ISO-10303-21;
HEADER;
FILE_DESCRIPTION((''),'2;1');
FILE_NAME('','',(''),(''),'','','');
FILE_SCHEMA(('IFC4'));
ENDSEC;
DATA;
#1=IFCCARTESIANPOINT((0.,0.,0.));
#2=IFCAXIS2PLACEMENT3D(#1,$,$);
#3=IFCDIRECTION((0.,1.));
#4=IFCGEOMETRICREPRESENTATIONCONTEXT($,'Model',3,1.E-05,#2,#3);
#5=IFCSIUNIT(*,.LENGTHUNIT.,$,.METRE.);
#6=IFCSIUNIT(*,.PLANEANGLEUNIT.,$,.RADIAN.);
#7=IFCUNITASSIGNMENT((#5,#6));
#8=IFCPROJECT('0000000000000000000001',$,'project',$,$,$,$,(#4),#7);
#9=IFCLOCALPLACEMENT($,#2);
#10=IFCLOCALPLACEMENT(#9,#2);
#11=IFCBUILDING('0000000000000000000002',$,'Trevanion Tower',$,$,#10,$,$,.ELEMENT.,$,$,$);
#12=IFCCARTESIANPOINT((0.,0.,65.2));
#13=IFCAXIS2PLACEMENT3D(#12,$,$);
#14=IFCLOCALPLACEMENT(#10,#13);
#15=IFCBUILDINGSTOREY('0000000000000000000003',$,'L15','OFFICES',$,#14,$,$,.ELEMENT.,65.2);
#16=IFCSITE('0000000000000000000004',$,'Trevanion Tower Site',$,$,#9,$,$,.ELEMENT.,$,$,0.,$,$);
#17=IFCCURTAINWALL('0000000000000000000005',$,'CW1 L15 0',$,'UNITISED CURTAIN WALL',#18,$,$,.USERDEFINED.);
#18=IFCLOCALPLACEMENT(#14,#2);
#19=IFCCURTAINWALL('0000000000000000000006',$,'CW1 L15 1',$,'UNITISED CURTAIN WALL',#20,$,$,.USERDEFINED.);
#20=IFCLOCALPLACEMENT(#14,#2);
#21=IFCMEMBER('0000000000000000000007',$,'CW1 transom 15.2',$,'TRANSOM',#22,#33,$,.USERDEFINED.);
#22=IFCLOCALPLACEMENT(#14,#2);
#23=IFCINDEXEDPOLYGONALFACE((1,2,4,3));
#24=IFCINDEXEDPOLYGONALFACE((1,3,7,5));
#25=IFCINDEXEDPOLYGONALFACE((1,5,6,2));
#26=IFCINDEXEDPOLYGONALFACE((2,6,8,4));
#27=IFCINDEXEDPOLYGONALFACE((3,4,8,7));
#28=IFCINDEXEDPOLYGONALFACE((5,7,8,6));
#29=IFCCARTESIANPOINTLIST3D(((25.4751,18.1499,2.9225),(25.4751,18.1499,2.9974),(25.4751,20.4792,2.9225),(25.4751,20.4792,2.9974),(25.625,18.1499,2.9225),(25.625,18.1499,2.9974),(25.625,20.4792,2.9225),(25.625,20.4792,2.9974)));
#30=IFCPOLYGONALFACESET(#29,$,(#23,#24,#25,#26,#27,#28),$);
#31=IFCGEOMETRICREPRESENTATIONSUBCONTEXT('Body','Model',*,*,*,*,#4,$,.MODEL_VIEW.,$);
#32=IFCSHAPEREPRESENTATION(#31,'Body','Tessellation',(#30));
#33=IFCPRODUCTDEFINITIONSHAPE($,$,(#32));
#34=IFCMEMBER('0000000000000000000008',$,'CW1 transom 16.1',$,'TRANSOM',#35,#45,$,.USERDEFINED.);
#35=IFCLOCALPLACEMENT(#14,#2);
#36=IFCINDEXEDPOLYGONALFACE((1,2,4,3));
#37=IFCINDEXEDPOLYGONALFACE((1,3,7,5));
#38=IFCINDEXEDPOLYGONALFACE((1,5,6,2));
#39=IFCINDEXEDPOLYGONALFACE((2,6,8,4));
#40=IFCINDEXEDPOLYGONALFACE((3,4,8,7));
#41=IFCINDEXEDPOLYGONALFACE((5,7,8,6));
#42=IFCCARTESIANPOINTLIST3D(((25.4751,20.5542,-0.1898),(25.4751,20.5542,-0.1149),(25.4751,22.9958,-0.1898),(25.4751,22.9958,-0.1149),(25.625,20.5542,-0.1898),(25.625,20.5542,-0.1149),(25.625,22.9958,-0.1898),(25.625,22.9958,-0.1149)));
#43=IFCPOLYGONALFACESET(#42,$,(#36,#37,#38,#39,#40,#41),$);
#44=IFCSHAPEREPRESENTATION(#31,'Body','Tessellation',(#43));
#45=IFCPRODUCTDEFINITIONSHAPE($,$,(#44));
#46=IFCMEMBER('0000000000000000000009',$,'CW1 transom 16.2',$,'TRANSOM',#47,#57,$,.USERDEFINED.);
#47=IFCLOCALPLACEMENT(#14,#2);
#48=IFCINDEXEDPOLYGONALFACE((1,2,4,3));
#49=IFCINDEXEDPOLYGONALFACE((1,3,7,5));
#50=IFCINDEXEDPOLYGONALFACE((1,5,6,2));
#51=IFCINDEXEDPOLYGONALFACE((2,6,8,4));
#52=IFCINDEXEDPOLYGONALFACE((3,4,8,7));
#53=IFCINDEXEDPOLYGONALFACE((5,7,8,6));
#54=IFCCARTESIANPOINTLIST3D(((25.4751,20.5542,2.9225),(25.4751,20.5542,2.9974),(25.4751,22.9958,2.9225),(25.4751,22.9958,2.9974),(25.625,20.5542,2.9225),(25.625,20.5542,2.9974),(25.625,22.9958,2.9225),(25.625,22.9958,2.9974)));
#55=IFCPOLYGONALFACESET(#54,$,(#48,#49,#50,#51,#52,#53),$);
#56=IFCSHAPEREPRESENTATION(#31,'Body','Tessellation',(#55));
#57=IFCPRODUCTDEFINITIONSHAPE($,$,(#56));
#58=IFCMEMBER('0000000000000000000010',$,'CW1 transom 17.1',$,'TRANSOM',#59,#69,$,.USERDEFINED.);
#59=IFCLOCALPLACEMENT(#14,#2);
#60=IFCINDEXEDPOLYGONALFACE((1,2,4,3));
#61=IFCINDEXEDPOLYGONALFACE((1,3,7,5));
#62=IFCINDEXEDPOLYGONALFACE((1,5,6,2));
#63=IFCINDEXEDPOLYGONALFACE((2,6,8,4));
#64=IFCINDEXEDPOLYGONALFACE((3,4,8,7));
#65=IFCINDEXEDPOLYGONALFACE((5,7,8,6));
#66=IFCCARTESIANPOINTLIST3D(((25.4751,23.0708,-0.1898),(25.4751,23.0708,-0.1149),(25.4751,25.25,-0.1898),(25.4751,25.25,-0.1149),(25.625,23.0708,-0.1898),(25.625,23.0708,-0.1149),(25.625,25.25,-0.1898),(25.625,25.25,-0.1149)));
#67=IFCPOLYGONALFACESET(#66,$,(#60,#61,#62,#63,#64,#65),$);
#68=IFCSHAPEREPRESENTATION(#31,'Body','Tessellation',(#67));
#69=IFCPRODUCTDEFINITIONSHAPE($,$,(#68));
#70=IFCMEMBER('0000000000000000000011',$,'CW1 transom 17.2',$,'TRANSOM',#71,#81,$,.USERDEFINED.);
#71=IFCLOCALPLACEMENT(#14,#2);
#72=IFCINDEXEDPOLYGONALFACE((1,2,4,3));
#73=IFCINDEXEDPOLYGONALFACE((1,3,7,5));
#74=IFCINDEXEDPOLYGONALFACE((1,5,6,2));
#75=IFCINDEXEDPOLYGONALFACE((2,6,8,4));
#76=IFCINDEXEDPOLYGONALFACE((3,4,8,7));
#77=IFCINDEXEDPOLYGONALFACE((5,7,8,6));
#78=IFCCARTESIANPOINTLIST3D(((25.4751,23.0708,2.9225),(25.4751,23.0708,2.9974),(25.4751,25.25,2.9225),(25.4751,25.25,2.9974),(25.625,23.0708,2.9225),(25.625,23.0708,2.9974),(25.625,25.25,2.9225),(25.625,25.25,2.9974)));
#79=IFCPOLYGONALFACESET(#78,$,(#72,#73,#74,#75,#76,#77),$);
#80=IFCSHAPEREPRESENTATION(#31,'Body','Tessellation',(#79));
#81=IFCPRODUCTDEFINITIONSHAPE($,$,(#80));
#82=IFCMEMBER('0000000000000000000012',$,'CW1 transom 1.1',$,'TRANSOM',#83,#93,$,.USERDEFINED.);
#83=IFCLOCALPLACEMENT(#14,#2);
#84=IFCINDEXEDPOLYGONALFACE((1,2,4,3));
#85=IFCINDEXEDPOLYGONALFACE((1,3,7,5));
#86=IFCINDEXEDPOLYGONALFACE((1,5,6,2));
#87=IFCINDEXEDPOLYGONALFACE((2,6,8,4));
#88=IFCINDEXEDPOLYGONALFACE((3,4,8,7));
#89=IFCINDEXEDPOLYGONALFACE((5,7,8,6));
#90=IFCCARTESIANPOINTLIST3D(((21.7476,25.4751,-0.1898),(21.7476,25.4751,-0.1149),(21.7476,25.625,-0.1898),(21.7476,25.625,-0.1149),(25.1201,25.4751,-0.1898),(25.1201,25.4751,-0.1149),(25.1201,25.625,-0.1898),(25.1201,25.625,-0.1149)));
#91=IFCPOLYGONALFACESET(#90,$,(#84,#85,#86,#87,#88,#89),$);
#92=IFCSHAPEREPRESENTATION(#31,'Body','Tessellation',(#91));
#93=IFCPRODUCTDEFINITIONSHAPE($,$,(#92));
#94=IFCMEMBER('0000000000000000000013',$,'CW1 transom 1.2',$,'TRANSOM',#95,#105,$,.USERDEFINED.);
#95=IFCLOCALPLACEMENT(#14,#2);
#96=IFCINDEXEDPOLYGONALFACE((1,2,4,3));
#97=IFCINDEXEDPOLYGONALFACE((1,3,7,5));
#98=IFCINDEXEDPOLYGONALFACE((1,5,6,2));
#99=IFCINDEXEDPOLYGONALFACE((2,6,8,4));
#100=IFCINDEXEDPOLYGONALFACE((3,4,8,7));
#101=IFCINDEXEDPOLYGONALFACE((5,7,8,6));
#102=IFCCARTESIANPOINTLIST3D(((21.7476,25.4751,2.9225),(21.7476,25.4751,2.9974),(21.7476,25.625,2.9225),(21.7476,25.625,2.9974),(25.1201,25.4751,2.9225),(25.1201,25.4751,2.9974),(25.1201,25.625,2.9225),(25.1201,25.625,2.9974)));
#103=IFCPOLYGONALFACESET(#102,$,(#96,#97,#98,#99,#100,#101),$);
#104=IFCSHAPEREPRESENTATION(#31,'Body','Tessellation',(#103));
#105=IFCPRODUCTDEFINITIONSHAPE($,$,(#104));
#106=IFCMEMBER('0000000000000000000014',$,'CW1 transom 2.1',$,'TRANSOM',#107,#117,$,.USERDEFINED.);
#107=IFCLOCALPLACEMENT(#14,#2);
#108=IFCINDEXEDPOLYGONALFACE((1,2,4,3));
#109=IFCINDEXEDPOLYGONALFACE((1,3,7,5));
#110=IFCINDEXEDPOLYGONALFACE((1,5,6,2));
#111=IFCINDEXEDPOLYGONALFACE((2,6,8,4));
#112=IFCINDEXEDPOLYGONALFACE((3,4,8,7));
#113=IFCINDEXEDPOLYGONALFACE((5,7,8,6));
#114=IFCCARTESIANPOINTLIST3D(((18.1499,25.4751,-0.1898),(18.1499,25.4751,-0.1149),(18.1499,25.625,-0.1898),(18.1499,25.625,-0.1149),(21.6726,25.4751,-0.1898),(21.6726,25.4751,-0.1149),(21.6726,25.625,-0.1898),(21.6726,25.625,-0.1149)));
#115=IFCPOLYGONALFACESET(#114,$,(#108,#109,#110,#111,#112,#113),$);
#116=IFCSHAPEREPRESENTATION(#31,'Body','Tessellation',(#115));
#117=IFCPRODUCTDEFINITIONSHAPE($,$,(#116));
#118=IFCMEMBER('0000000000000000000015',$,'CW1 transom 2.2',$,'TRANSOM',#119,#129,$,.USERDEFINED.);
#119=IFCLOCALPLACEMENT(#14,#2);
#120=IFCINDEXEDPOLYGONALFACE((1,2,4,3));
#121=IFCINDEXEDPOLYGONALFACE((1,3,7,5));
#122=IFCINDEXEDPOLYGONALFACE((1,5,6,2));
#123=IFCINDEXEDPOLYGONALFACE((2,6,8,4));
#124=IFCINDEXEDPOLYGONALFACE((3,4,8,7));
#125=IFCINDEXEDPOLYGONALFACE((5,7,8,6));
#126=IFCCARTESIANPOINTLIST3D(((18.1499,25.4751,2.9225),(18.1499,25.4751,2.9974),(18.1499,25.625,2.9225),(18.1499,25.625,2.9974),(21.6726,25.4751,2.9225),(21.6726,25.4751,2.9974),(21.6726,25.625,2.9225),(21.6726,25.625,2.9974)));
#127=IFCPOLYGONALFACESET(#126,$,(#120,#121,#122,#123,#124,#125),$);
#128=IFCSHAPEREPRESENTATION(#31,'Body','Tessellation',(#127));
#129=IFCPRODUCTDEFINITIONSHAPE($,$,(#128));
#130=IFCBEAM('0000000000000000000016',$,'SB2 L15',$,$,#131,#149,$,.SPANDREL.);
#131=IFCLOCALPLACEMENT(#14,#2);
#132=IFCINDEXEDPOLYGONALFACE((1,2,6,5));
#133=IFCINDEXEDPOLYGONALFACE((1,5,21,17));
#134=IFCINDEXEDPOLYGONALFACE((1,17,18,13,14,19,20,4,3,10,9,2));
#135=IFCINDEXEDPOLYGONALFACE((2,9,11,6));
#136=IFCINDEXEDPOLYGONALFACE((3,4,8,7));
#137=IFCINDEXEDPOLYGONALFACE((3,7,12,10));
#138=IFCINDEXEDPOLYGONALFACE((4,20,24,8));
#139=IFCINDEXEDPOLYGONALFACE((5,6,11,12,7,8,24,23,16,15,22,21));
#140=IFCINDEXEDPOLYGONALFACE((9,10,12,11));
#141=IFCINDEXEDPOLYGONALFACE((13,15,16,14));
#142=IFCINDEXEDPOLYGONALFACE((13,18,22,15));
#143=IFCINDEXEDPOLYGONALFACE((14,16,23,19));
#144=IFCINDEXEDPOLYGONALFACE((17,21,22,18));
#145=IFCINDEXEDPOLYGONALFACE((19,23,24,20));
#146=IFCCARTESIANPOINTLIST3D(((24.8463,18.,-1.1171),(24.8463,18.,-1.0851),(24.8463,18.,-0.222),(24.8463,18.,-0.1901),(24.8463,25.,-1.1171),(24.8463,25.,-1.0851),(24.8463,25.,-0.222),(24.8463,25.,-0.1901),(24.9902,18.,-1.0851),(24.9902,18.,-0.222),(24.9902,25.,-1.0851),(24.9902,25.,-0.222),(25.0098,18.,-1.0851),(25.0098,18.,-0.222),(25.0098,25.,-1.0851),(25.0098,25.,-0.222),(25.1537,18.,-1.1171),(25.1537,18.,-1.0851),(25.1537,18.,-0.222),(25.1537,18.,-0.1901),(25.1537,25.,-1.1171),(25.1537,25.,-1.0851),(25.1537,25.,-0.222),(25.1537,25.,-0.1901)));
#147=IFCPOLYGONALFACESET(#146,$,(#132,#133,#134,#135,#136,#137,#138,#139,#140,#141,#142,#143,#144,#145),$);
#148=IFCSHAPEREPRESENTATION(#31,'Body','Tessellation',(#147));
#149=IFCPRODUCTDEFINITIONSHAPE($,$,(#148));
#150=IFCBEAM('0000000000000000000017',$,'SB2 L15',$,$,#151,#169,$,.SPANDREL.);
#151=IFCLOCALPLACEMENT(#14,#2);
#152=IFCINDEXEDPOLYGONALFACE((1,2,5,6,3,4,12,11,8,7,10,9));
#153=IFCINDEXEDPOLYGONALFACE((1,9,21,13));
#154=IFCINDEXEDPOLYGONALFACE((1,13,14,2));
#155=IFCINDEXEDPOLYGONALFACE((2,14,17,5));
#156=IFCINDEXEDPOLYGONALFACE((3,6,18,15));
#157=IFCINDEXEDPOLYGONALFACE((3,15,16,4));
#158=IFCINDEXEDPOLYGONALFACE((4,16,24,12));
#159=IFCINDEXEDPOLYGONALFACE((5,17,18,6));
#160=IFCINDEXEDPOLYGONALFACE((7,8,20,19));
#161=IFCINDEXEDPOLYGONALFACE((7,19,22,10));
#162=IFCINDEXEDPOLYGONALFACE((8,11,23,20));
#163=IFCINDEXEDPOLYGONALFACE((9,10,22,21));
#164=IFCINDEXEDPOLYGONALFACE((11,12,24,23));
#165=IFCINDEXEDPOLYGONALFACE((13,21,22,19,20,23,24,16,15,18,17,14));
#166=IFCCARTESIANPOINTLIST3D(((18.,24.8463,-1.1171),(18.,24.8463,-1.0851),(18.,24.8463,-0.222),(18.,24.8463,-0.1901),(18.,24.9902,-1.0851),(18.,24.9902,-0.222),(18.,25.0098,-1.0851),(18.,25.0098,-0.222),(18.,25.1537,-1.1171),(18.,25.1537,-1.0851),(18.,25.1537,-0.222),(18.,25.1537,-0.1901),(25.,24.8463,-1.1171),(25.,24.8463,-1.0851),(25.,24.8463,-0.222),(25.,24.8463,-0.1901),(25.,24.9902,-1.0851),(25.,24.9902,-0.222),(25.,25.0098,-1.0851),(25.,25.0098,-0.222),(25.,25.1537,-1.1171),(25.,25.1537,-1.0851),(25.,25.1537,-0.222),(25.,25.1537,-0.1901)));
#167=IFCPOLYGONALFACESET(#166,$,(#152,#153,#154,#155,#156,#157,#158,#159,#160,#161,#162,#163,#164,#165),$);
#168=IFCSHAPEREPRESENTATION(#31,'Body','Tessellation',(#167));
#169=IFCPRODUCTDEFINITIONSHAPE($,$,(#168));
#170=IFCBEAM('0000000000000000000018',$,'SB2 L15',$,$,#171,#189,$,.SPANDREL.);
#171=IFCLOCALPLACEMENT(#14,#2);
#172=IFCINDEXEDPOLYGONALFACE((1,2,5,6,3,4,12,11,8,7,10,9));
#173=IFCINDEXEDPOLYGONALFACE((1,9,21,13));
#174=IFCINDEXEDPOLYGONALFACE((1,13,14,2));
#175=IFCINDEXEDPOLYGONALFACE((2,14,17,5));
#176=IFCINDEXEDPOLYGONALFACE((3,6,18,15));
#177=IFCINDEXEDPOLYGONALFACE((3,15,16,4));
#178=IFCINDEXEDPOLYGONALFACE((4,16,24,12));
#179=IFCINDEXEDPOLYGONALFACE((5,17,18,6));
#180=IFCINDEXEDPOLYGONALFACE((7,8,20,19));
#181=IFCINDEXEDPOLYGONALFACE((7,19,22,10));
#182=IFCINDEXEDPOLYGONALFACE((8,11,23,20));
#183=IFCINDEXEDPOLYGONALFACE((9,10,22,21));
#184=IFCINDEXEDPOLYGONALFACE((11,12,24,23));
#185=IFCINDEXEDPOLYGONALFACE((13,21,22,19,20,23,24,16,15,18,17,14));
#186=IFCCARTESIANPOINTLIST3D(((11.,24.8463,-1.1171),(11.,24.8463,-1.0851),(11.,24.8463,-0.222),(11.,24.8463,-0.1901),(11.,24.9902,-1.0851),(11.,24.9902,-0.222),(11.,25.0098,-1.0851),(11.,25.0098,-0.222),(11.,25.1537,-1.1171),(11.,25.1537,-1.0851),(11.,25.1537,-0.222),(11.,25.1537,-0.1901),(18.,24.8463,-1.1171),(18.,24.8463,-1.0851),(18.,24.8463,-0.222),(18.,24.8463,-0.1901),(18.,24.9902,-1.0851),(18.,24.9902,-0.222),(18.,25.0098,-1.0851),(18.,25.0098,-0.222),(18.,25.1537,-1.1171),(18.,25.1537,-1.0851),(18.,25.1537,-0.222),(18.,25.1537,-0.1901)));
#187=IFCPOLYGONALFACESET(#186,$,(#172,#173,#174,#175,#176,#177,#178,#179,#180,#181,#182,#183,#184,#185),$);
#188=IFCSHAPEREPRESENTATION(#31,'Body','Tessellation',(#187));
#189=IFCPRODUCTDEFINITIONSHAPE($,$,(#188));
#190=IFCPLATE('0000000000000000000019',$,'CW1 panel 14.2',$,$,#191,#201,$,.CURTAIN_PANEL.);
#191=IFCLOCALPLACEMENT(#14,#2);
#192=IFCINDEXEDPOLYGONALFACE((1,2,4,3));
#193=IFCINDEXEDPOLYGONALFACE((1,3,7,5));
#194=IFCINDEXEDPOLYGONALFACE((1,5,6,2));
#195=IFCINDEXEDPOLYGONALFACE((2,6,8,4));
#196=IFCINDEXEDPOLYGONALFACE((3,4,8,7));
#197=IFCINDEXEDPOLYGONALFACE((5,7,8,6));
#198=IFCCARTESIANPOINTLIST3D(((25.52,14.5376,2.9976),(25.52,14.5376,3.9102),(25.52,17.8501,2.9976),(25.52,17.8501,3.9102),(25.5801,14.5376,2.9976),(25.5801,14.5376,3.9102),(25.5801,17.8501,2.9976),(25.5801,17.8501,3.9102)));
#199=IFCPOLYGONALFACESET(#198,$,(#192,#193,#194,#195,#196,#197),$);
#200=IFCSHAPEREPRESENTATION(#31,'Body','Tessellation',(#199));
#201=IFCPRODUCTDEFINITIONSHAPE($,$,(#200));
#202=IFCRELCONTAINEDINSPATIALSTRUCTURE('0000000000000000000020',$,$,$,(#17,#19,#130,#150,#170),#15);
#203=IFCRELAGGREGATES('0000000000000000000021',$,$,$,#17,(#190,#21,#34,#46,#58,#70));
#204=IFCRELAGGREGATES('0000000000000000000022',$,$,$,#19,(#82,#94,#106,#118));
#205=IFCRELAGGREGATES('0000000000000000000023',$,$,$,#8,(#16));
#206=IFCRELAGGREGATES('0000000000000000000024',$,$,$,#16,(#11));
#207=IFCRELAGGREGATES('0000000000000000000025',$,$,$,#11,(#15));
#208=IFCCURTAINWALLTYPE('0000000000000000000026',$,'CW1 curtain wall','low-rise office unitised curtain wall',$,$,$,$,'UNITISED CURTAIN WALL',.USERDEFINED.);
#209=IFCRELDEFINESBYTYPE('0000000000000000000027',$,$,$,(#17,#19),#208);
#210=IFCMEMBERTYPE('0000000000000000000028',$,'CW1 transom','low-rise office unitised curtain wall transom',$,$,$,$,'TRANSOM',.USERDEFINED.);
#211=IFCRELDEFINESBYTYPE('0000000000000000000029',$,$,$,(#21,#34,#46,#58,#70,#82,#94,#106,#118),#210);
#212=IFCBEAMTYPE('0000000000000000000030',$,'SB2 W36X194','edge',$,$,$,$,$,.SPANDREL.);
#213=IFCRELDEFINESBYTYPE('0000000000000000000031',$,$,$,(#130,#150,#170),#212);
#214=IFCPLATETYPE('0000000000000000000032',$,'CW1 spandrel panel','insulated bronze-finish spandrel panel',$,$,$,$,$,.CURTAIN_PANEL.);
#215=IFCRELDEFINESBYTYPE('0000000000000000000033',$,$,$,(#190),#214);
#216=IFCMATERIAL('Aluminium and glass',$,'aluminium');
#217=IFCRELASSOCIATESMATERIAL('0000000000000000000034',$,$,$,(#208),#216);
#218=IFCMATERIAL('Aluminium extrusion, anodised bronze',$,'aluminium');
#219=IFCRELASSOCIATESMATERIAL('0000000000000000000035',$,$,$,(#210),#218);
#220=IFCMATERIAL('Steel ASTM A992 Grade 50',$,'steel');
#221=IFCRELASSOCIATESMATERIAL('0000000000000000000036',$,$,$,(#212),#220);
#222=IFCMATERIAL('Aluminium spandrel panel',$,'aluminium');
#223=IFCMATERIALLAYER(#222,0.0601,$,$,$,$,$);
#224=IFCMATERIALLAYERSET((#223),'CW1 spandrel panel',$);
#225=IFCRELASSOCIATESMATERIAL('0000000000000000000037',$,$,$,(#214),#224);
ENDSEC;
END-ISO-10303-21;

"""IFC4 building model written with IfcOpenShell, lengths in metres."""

from ifc_helpers import new_model, si_unit, direction, frame, origin, origin_2d, place, context, subcontext, project, spatial, rectangle, i_section, extrude, material, layer, layer_set, material_profile, profile_set, type_object, element, aggregate, save


model = new_model("IFC4")

# Units and contexts
model_context = context("Model", 3, precision=1e-05, world=origin(), true_north=direction((0.0, 1.0)))
body_context = subcontext(model_context, "Body", "Model", "MODEL_VIEW")
ifc_project = project(units=[si_unit("LENGTHUNIT", "METRE"), si_unit("PLANEANGLEUNIT", "RADIAN")], contexts=[model_context])

# Site, building, storey
site_placement = place(None, origin())
site = spatial("IfcSite", under=ifc_project, at=site_placement, Name="Trevanion Tower Site", CompositionType="ELEMENT", RefElevation=0.0)
building_placement = place(site_placement, origin())
building = spatial("IfcBuilding", under=site, at=building_placement, Name="Trevanion Tower", CompositionType="ELEMENT")
storey_placement = place(building_placement, frame((0.0, 0.0, 65.2)))
storey = spatial("IfcBuildingStorey", under=building, at=storey_placement, Name="L15", Description="OFFICES", CompositionType="ELEMENT", Elevation=65.2)

# Curtain wall
ifc_material_1 = material(Name="Aluminium and glass", Category="aluminium")
curtain_wall_type = type_object("IfcCurtainWallType", Name="CW1 curtain wall", Description="low-rise office unitised curtain wall", ElementType="UNITISED CURTAIN WALL", PredefinedType="USERDEFINED", material=ifc_material_1)
curtain_wall_1_placement = place(storey_placement, origin())
curtain_wall_1 = element("IfcCurtainWall", 1, at=curtain_wall_1_placement, inside=storey, type_object=curtain_wall_type, Name="CW1 L15 0", ObjectType="UNITISED CURTAIN WALL", PredefinedType="USERDEFINED")

# Curtain wall
curtain_wall_2_placement = place(storey_placement, origin())
curtain_wall_2 = element("IfcCurtainWall", 2, at=curtain_wall_2_placement, inside=storey, type_object=curtain_wall_type, Name="CW1 L15 1", ObjectType="UNITISED CURTAIN WALL", PredefinedType="USERDEFINED")

# Members
ifc_material_2 = material(Name="Aluminium extrusion, anodised bronze", Category="aluminium")
ifc_material_profile_1 = material_profile(ifc_material_2, rectangle(XDim=0.1499, YDim=0.075, at=origin_2d()), Name="CW1 transom")
ifc_profile_set_1 = profile_set([ifc_material_profile_1], Name="Aluminium extrusion, anodised bronze")
member_type_1 = type_object("IfcMemberType", Name="CW1 transom", Description="low-rise office unitised curtain wall transom", ElementType="TRANSOM", PredefinedType="USERDEFINED", material=ifc_profile_set_1)
member_1_placement = place(storey_placement, frame((25.55, 18.1499, 2.96), z_axis=(0.0, 1.0, 0.0), x_axis=(-1.0, 0.0, 0.0)))
member_1 = element("IfcMember", 3, at=member_1_placement, type_object=member_type_1, Name="CW1 transom 15.2", ObjectType="TRANSOM", PredefinedType="USERDEFINED", context=body_context, shape_type="SweptSolid", body=[
    extrude(rectangle(XDim=0.1499, YDim=0.075, at=origin_2d()), origin(), (0.0, 0.0, 1.0), 2.3293),
])
member_2_placement = place(storey_placement, frame((25.55, 20.5542, -0.1523), z_axis=(0.0, 1.0, 0.0), x_axis=(-1.0, 0.0, 0.0)))
member_2 = element("IfcMember", 4, at=member_2_placement, type_object=member_type_1, Name="CW1 transom 16.1", ObjectType="TRANSOM", PredefinedType="USERDEFINED", context=body_context, shape_type="SweptSolid", body=[
    extrude(rectangle(XDim=0.1499, YDim=0.075, at=origin_2d()), origin(), (0.0, 0.0, 1.0), 2.4417),
])
member_3_placement = place(storey_placement, frame((25.55, 20.5542, 2.96), z_axis=(0.0, 1.0, 0.0), x_axis=(-1.0, 0.0, 0.0)))
member_3 = element("IfcMember", 5, at=member_3_placement, type_object=member_type_1, Name="CW1 transom 16.2", ObjectType="TRANSOM", PredefinedType="USERDEFINED", context=body_context, shape_type="SweptSolid", body=[
    extrude(rectangle(XDim=0.1499, YDim=0.075, at=origin_2d()), origin(), (0.0, 0.0, 1.0), 2.4417),
])
member_4_placement = place(storey_placement, frame((25.55, 23.0708, -0.1523), z_axis=(0.0, 1.0, 0.0), x_axis=(-1.0, 0.0, 0.0)))
member_4 = element("IfcMember", 6, at=member_4_placement, type_object=member_type_1, Name="CW1 transom 17.1", ObjectType="TRANSOM", PredefinedType="USERDEFINED", context=body_context, shape_type="SweptSolid", body=[
    extrude(rectangle(XDim=0.1499, YDim=0.075, at=origin_2d()), origin(), (0.0, 0.0, 1.0), 2.1792),
])
member_5_placement = place(storey_placement, frame((25.55, 23.0708, 2.96), z_axis=(0.0, 1.0, 0.0), x_axis=(-1.0, 0.0, 0.0)))
member_5 = element("IfcMember", 7, at=member_5_placement, type_object=member_type_1, Name="CW1 transom 17.2", ObjectType="TRANSOM", PredefinedType="USERDEFINED", context=body_context, shape_type="SweptSolid", body=[
    extrude(rectangle(XDim=0.1499, YDim=0.075, at=origin_2d()), origin(), (0.0, 0.0, 1.0), 2.1792),
])
member_6_placement = place(storey_placement, frame((25.1201, 25.55, -0.1523), z_axis=(-1.0, 0.0, 0.0), x_axis=(0.0, -1.0, 0.0)))
member_6 = element("IfcMember", 8, at=member_6_placement, type_object=member_type_1, Name="CW1 transom 1.1", ObjectType="TRANSOM", PredefinedType="USERDEFINED", context=body_context, shape_type="SweptSolid", body=[
    extrude(rectangle(XDim=0.1499, YDim=0.075, at=origin_2d()), origin(), (0.0, 0.0, 1.0), 3.3726),
])
member_7_placement = place(storey_placement, frame((25.1201, 25.55, 2.96), z_axis=(-1.0, 0.0, 0.0), x_axis=(0.0, -1.0, 0.0)))
member_7 = element("IfcMember", 9, at=member_7_placement, type_object=member_type_1, Name="CW1 transom 1.2", ObjectType="TRANSOM", PredefinedType="USERDEFINED", context=body_context, shape_type="SweptSolid", body=[
    extrude(rectangle(XDim=0.1499, YDim=0.075, at=origin_2d()), origin(), (0.0, 0.0, 1.0), 3.3726),
])
member_8_placement = place(storey_placement, frame((21.6726, 25.55, -0.1523), z_axis=(-1.0, 0.0, 0.0), x_axis=(0.0, -1.0, 0.0)))
member_8 = element("IfcMember", 10, at=member_8_placement, type_object=member_type_1, Name="CW1 transom 2.1", ObjectType="TRANSOM", PredefinedType="USERDEFINED", context=body_context, shape_type="SweptSolid", body=[
    extrude(rectangle(XDim=0.1499, YDim=0.075, at=origin_2d()), origin(), (0.0, 0.0, 1.0), 3.5227),
])
member_9_placement = place(storey_placement, frame((21.6726, 25.55, 2.96), z_axis=(-1.0, 0.0, 0.0), x_axis=(0.0, -1.0, 0.0)))
member_9 = element("IfcMember", 11, at=member_9_placement, type_object=member_type_1, Name="CW1 transom 2.2", ObjectType="TRANSOM", PredefinedType="USERDEFINED", context=body_context, shape_type="SweptSolid", body=[
    extrude(rectangle(XDim=0.1499, YDim=0.075, at=origin_2d()), origin(), (0.0, 0.0, 1.0), 3.5227),
])

# Beams
ifc_material_3 = material(Name="Steel ASTM A992 Grade 50", Category="steel")
ifc_material_profile_2 = material_profile(ifc_material_3, i_section(OverallWidth=0.3074, OverallDepth=0.927, WebThickness=0.0195, FlangeThickness=0.032, at=origin_2d()), Name="W36X194")
ifc_profile_set_2 = profile_set([ifc_material_profile_2], Name="Steel ASTM A992 Grade 50")
beam_type = type_object("IfcBeamType", Name="SB2 W36X194", Description="edge", PredefinedType="SPANDREL", material=ifc_profile_set_2)
for number, where, z_axis, x_axis, name in (
    (12, (25.0, 18.0, -0.6536), (0.0, 1.0, 0.0), (-1.0, 0.0, 0.0), "SB2 L15"),
    (13, (25.0, 25.0, -0.6536), (-1.0, 0.0, 0.0), (0.0, -1.0, 0.0), "SB2 L15"),
    (14, (18.0, 25.0, -0.6536), (-1.0, 0.0, 0.0), (0.0, -1.0, 0.0), "SB2 L15"),
):
    element("IfcBeam", number, at=place(storey_placement, frame(where, z_axis=z_axis, x_axis=x_axis)), inside=storey, type_object=beam_type, Name=name, PredefinedType="SPANDREL", context=body_context, shape_type="SweptSolid", body=[
        extrude(i_section(OverallWidth=0.3074, OverallDepth=0.927, WebThickness=0.0195, FlangeThickness=0.032, at=origin_2d()), origin(), (0.0, 0.0, 1.0), 7.0),
    ])

# Plate
ifc_material_4 = material(Name="Aluminium spandrel panel", Category="aluminium")
ifc_layer_1 = layer(ifc_material_4, 0.0601)
ifc_layer_set_1 = layer_set([ifc_layer_1], Name="CW1 spandrel panel")
plate_type_1 = type_object("IfcPlateType", Name="CW1 spandrel panel", Description="insulated bronze-finish spandrel panel", PredefinedType="CURTAIN_PANEL", material=ifc_layer_set_1)
plate_1_placement = place(storey_placement, frame((25.55, 16.1938, 2.9976), z_axis=(0.0, 0.0, 1.0), x_axis=(0.0, 1.0, 0.0)))
plate_1 = element("IfcPlate", 15, at=plate_1_placement, type_object=plate_type_1, Name="CW1 panel 14.2", PredefinedType="CURTAIN_PANEL", context=body_context, shape_type="SweptSolid", body=[
    extrude(rectangle(XDim=3.3125, YDim=0.0601, at=origin_2d()), origin(), (0.0, 0.0, 1.0), 0.9126),
])
aggregate(curtain_wall_1, [plate_1, member_1, member_2, member_3, member_4, member_5])
aggregate(curtain_wall_2, [member_6, member_7, member_8, member_9])

save(model, "model.ifc")
